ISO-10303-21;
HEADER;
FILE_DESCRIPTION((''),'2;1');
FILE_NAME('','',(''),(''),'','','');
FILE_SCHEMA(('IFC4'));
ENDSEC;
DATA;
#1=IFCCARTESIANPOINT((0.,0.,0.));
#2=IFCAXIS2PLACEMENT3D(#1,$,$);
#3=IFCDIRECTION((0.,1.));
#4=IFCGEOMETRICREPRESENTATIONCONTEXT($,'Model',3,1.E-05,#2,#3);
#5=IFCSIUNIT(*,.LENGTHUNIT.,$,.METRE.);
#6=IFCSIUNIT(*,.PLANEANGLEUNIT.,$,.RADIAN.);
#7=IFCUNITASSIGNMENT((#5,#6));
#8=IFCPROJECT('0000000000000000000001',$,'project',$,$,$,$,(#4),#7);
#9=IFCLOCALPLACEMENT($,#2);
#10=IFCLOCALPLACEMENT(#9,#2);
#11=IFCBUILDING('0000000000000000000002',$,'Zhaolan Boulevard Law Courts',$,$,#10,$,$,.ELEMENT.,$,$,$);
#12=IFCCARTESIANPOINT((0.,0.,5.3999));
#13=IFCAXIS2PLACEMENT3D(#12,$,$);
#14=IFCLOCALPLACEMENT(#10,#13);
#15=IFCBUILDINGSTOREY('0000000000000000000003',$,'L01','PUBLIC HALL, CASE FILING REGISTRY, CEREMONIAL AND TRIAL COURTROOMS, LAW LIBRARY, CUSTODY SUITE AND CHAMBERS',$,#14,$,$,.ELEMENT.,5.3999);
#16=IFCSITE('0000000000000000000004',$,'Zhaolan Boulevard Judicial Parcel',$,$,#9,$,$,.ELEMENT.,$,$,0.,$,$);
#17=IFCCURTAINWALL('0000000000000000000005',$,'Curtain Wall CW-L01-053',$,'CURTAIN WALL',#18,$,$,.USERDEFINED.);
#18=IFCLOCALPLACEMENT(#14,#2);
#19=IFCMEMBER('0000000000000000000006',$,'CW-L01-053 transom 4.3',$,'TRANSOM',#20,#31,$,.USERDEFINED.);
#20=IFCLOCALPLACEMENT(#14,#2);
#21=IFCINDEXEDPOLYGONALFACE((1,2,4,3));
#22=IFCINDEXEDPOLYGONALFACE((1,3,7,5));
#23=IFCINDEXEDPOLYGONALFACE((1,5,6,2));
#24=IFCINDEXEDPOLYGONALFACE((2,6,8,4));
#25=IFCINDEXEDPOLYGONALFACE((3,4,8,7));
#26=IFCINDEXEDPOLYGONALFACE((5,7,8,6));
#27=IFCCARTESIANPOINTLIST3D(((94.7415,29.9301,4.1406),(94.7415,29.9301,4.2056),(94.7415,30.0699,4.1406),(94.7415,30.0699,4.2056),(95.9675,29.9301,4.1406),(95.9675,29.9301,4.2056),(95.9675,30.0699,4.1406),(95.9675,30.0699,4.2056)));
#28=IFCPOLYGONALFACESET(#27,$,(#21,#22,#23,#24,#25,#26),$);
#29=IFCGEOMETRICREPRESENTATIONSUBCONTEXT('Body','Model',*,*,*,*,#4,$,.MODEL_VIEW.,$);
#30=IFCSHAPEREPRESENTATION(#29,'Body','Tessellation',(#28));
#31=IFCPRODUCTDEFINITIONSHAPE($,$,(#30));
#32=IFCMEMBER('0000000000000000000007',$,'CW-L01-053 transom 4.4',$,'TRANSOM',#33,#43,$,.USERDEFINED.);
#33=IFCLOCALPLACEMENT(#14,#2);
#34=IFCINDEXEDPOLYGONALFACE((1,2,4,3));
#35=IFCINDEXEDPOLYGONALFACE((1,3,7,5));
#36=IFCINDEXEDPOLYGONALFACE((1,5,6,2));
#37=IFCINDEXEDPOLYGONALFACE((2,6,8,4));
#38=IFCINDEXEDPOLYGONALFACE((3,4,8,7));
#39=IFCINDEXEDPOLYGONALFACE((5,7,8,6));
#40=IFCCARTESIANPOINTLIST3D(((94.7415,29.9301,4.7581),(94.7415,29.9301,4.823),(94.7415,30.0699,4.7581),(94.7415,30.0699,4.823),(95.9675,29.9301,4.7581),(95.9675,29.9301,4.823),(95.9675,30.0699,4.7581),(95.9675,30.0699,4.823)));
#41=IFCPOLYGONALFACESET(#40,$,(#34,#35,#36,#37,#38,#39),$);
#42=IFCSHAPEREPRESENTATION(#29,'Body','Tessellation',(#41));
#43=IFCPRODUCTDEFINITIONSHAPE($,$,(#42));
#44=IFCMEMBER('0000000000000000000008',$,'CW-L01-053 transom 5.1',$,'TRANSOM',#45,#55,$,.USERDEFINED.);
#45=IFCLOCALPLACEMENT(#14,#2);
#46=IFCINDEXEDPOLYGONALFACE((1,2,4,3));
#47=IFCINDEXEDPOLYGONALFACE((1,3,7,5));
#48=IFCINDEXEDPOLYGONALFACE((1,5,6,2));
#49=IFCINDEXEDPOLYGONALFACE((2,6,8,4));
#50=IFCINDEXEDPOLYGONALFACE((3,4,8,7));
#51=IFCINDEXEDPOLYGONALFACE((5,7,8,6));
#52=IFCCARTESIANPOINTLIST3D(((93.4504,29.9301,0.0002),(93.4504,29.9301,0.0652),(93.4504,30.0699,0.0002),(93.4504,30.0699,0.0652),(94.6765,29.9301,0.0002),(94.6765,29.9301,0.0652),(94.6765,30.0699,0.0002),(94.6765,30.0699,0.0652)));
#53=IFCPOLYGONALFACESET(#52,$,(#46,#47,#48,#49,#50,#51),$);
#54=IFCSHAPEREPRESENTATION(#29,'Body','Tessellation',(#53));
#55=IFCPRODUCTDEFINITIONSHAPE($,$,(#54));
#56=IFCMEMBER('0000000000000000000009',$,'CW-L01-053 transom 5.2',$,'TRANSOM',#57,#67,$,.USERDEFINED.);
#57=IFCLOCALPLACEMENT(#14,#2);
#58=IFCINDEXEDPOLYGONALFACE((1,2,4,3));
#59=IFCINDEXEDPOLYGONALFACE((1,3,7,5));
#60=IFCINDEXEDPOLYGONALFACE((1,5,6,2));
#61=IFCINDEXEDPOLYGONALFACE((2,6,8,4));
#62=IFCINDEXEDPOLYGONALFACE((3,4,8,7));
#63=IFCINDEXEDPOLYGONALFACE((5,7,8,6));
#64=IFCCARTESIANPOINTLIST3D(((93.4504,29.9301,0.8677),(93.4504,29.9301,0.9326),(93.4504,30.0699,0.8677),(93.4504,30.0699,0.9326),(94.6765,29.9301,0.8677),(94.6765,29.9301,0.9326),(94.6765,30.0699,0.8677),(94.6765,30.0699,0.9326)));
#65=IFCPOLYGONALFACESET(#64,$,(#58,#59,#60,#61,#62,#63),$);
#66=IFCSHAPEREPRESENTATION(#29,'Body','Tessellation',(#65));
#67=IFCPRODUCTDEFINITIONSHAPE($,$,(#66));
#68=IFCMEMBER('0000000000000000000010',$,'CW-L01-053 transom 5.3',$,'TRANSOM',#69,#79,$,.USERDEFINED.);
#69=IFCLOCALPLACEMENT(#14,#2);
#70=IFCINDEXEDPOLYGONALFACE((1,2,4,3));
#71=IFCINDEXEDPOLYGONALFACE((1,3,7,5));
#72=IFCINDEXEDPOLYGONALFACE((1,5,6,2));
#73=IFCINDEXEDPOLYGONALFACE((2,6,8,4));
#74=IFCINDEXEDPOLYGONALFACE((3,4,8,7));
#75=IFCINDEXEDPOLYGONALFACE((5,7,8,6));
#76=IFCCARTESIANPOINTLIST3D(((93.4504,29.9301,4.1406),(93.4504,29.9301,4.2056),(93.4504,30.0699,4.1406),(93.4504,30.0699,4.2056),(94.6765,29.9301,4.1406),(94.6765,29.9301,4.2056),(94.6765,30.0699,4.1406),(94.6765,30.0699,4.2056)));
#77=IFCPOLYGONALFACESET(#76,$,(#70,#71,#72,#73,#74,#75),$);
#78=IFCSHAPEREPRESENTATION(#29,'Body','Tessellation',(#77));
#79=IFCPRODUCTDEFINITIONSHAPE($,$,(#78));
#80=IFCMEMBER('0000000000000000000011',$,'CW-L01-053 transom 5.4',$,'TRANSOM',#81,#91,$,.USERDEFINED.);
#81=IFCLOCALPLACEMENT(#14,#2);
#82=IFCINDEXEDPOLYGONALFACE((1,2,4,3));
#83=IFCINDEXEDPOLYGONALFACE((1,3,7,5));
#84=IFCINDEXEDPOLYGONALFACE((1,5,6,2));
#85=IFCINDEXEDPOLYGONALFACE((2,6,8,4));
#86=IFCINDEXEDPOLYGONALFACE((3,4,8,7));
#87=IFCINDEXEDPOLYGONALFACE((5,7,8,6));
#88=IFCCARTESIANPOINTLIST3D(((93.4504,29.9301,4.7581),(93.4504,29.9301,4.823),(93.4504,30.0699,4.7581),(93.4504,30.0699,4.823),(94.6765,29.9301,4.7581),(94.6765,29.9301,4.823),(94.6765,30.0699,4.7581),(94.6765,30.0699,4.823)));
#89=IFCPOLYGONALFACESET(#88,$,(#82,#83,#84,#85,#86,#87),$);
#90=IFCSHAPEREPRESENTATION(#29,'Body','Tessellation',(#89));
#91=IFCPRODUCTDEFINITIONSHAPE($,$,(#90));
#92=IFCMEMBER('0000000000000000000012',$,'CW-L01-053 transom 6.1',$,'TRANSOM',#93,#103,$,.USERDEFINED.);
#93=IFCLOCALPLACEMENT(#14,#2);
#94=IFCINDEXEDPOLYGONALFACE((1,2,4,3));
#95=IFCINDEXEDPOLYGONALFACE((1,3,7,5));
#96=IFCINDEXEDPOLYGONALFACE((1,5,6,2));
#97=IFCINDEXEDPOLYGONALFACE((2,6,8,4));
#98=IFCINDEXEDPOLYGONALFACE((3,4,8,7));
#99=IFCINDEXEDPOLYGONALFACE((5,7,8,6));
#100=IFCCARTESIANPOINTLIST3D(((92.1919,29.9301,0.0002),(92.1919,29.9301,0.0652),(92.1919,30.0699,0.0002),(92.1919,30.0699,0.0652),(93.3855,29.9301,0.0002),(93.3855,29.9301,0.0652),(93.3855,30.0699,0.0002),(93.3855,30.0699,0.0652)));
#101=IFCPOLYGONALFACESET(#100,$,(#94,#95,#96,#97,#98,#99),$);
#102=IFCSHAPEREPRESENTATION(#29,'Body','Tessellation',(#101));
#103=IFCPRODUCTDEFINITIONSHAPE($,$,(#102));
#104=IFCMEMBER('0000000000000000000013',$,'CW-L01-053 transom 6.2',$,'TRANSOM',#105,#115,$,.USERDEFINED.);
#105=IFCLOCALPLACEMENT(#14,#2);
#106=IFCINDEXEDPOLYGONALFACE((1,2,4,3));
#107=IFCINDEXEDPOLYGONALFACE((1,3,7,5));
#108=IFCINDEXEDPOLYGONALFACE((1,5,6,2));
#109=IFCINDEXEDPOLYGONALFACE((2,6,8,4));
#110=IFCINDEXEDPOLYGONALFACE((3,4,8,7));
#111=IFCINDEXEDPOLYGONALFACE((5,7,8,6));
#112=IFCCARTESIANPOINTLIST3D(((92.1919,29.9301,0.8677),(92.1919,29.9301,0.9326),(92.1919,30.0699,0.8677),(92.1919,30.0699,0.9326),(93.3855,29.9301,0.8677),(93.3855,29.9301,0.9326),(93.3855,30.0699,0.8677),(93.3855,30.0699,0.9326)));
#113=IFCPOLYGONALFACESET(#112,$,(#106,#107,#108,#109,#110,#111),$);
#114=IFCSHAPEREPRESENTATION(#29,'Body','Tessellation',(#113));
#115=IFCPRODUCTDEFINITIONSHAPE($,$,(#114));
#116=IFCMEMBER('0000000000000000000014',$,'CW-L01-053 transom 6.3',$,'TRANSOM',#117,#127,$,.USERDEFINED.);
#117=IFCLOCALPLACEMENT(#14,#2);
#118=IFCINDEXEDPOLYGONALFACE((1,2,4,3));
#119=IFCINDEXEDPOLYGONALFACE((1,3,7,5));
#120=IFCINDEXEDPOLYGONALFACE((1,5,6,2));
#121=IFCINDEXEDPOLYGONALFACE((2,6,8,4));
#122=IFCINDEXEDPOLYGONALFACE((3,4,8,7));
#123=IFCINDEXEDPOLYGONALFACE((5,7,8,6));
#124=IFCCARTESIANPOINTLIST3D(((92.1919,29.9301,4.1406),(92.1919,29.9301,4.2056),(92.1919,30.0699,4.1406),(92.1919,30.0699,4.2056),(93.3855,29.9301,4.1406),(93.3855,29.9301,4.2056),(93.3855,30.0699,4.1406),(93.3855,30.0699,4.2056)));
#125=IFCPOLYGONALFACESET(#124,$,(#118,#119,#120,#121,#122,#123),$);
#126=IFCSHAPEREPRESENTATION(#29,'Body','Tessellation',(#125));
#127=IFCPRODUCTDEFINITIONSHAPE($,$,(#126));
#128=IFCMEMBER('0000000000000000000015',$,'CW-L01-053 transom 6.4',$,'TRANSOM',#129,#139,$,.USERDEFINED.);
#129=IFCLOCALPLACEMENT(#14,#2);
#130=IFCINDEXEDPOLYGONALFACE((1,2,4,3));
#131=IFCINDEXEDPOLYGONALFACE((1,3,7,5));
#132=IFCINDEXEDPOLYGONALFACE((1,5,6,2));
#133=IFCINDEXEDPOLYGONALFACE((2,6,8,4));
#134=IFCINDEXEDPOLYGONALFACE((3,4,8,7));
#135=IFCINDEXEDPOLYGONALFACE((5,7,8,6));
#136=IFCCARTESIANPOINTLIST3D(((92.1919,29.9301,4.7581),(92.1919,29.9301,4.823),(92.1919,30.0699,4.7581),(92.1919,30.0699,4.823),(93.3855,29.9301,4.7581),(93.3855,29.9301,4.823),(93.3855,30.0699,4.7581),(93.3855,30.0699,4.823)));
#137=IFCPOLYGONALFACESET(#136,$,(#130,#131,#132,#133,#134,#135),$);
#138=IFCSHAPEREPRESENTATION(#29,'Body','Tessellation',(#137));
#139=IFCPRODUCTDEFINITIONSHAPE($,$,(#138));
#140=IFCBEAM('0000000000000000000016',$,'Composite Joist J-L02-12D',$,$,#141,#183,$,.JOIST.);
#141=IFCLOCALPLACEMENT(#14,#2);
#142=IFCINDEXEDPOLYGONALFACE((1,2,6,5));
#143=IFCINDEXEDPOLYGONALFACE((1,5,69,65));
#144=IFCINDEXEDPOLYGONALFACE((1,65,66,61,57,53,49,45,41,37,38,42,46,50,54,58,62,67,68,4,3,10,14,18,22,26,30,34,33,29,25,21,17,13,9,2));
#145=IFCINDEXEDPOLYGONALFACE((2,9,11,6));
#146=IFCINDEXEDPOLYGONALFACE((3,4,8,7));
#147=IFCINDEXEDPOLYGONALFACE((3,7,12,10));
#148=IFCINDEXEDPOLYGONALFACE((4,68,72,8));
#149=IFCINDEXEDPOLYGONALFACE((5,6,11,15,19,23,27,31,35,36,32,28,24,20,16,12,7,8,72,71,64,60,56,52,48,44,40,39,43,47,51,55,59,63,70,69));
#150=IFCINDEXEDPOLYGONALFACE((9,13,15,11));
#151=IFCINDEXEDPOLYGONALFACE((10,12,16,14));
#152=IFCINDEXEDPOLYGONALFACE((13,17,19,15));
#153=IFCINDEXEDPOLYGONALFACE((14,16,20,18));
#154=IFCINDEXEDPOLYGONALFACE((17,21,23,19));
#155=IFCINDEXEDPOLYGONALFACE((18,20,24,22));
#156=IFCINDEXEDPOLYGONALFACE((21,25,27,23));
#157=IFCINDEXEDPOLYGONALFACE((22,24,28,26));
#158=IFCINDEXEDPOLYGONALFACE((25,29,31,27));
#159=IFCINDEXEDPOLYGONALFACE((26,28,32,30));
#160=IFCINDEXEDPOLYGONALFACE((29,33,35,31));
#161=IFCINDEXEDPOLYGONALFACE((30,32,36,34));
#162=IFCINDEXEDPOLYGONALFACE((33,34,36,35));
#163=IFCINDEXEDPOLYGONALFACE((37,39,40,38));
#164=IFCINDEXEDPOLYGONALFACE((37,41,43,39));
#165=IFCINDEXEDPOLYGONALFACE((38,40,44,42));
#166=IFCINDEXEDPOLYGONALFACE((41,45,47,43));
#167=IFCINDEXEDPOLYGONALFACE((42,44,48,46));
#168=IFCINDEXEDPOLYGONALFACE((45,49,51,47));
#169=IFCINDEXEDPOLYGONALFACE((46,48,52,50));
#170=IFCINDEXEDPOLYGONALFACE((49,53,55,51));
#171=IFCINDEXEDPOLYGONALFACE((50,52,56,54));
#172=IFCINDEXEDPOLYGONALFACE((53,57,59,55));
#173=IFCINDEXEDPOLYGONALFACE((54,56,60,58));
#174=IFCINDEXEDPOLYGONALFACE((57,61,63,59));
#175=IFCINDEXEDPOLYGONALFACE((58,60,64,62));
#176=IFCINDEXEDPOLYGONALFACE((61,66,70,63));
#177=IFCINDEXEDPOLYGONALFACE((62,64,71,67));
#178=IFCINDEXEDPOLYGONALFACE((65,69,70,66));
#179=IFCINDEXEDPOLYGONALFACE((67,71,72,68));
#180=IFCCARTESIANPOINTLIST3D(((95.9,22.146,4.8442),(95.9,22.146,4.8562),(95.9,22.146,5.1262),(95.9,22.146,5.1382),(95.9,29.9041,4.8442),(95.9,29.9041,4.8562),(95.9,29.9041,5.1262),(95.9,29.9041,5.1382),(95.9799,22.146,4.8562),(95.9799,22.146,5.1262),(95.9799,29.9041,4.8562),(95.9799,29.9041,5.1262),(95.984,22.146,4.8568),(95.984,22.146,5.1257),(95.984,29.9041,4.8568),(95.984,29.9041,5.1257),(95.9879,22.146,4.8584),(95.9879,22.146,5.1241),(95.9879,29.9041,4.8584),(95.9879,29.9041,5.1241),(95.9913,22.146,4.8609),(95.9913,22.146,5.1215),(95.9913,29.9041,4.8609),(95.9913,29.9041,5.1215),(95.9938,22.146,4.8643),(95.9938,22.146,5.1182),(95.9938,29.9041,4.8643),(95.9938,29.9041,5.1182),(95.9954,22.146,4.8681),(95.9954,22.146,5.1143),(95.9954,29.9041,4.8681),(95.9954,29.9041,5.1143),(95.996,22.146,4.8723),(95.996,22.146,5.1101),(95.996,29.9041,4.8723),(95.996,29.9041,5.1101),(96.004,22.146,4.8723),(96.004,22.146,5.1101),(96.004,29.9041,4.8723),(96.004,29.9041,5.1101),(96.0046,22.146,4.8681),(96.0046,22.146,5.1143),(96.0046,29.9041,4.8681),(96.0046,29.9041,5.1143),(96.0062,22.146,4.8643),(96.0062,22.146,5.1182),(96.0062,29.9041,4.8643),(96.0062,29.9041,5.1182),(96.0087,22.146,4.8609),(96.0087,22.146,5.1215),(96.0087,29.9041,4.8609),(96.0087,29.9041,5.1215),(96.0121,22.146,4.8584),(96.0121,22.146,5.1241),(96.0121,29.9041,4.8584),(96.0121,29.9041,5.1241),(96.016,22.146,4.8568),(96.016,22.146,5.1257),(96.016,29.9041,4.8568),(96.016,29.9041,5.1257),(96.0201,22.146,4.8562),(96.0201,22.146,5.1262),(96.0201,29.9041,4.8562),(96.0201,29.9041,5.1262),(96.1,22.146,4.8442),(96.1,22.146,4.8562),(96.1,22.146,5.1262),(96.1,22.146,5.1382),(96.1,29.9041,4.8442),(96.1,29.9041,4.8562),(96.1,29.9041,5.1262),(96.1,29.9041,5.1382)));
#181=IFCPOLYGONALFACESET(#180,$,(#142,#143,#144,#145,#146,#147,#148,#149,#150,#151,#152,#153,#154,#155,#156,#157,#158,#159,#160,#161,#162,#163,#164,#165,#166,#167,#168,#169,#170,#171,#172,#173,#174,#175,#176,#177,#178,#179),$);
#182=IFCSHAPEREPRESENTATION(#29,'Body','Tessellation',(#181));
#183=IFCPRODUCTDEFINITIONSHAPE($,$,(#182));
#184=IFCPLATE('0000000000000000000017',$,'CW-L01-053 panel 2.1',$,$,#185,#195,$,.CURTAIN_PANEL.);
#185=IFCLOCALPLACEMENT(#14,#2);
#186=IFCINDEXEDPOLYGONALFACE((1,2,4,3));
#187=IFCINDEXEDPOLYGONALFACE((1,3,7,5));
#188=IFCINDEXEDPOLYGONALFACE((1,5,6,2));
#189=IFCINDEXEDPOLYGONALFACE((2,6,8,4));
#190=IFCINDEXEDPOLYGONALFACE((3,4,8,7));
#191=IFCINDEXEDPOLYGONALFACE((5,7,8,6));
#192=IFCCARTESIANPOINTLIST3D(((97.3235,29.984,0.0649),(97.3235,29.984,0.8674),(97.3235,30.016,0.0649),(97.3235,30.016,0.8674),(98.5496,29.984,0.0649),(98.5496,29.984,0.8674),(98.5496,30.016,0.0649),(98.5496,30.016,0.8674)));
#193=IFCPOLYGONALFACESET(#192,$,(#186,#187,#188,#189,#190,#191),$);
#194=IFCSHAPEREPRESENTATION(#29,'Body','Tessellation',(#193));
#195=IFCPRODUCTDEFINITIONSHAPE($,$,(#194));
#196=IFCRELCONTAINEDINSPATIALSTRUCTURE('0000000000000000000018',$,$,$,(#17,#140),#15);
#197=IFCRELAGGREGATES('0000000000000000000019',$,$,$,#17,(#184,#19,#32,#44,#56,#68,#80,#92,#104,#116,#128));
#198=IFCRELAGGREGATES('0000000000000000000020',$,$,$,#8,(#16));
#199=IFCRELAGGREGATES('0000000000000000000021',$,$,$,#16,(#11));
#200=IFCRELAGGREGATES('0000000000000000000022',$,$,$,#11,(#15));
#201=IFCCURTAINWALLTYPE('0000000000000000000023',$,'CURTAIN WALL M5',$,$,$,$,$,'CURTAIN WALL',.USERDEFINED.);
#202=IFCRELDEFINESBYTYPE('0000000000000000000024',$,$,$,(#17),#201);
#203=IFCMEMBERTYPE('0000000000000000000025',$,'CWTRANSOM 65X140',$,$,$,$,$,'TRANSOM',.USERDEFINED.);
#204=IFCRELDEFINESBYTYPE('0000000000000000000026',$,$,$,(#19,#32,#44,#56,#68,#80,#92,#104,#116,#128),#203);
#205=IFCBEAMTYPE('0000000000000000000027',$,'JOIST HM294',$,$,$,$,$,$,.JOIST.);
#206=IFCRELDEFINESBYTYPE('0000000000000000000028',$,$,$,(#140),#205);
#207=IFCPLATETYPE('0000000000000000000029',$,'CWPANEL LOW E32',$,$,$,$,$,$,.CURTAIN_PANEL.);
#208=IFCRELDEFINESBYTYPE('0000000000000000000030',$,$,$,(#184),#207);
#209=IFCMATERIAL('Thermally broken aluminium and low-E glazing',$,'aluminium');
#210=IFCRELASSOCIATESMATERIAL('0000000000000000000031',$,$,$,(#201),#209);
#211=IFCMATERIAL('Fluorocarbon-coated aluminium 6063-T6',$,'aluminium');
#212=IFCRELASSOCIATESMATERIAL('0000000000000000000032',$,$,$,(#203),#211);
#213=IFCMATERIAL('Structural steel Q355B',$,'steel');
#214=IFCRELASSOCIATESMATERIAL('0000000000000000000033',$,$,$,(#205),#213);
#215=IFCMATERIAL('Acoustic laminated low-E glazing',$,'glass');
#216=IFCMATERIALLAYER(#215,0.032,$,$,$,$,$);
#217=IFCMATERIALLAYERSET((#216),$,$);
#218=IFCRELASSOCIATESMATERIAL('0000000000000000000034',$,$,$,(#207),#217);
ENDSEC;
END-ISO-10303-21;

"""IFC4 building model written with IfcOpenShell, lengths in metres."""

from ifc_helpers import new_model, si_unit, direction, frame, origin, origin_2d, place, context, subcontext, project, spatial, rectangle, i_section, extrude, material, layer, layer_set, material_profile, profile_set, type_object, element, aggregate, save


model = new_model("IFC4")

# Units and contexts
model_context = context("Model", 3, precision=1e-05, world=origin(), true_north=direction((0.0, 1.0)))
body_context = subcontext(model_context, "Body", "Model", "MODEL_VIEW")
ifc_project = project(units=[si_unit("LENGTHUNIT", "METRE"), si_unit("PLANEANGLEUNIT", "RADIAN")], contexts=[model_context])

# Site, building, storey
site_placement = place(None, origin())
site = spatial("IfcSite", under=ifc_project, at=site_placement, Name="Zhaolan Boulevard Judicial Parcel", CompositionType="ELEMENT", RefElevation=0.0)
building_placement = place(site_placement, origin())
building = spatial("IfcBuilding", under=site, at=building_placement, Name="Zhaolan Boulevard Law Courts", CompositionType="ELEMENT")
storey_placement = place(building_placement, frame((0.0, 0.0, 5.3999)))
storey = spatial("IfcBuildingStorey", under=building, at=storey_placement, Name="L01", Description="PUBLIC HALL, CASE FILING REGISTRY, CEREMONIAL AND TRIAL COURTROOMS, LAW LIBRARY, CUSTODY SUITE AND CHAMBERS", CompositionType="ELEMENT", Elevation=5.3999)

# Curtain wall, members
ifc_material_1 = material(Name="Thermally broken aluminium and low-E glazing", Category="aluminium")
curtain_wall_type = type_object("IfcCurtainWallType", Name="CURTAIN WALL M5", ElementType="CURTAIN WALL", PredefinedType="USERDEFINED", material=ifc_material_1)
curtain_wall_placement = place(storey_placement, origin())
curtain_wall = element("IfcCurtainWall", 1, at=curtain_wall_placement, inside=storey, type_object=curtain_wall_type, Name="Curtain Wall CW-L01-053", ObjectType="CURTAIN WALL", PredefinedType="USERDEFINED")
ifc_material_2 = material(Name="Fluorocarbon-coated aluminium 6063-T6", Category="aluminium")
ifc_material_profile_1 = material_profile(ifc_material_2, rectangle(XDim=0.1399, YDim=0.0649, at=origin_2d()), Name="AL65x140")
ifc_profile_set_1 = profile_set([ifc_material_profile_1], Name="Fluorocarbon-coated aluminium 6063-T6")
member_type_1 = type_object("IfcMemberType", Name="CWTRANSOM 65X140", ElementType="TRANSOM", PredefinedType="USERDEFINED", material=ifc_profile_set_1)
member_1_placement = place(storey_placement, frame((95.9675, 30.0, 4.1731), z_axis=(-1.0, 0.0, 0.0), x_axis=(0.0, -1.0, 0.0)))
member_1 = element("IfcMember", 2, at=member_1_placement, type_object=member_type_1, Name="CW-L01-053 transom 4.3", ObjectType="TRANSOM", PredefinedType="USERDEFINED", context=body_context, shape_type="SweptSolid", body=[
    extrude(rectangle(XDim=0.1399, YDim=0.0649, at=origin_2d()), origin(), (0.0, 0.0, 1.0), 1.2261),
])
member_2_placement = place(storey_placement, frame((95.9675, 30.0, 4.7905), z_axis=(-1.0, 0.0, 0.0), x_axis=(0.0, -1.0, 0.0)))
member_2 = element("IfcMember", 3, at=member_2_placement, type_object=member_type_1, Name="CW-L01-053 transom 4.4", ObjectType="TRANSOM", PredefinedType="USERDEFINED", context=body_context, shape_type="SweptSolid", body=[
    extrude(rectangle(XDim=0.1399, YDim=0.0649, at=origin_2d()), origin(), (0.0, 0.0, 1.0), 1.2261),
])
member_3_placement = place(storey_placement, frame((94.6765, 30.0, 0.0327), z_axis=(-1.0, 0.0, 0.0), x_axis=(0.0, -1.0, 0.0)))
member_3 = element("IfcMember", 4, at=member_3_placement, type_object=member_type_1, Name="CW-L01-053 transom 5.1", ObjectType="TRANSOM", PredefinedType="USERDEFINED", context=body_context, shape_type="SweptSolid", body=[
    extrude(rectangle(XDim=0.1399, YDim=0.0649, at=origin_2d()), origin(), (0.0, 0.0, 1.0), 1.2261),
])
member_4_placement = place(storey_placement, frame((94.6765, 30.0, 0.9001), z_axis=(-1.0, 0.0, 0.0), x_axis=(0.0, -1.0, 0.0)))
member_4 = element("IfcMember", 5, at=member_4_placement, type_object=member_type_1, Name="CW-L01-053 transom 5.2", ObjectType="TRANSOM", PredefinedType="USERDEFINED", context=body_context, shape_type="SweptSolid", body=[
    extrude(rectangle(XDim=0.1399, YDim=0.0649, at=origin_2d()), origin(), (0.0, 0.0, 1.0), 1.2261),
])
member_5_placement = place(storey_placement, frame((94.6765, 30.0, 4.1731), z_axis=(-1.0, 0.0, 0.0), x_axis=(0.0, -1.0, 0.0)))
member_5 = element("IfcMember", 6, at=member_5_placement, type_object=member_type_1, Name="CW-L01-053 transom 5.3", ObjectType="TRANSOM", PredefinedType="USERDEFINED", context=body_context, shape_type="SweptSolid", body=[
    extrude(rectangle(XDim=0.1399, YDim=0.0649, at=origin_2d()), origin(), (0.0, 0.0, 1.0), 1.2261),
])
member_6_placement = place(storey_placement, frame((94.6765, 30.0, 4.7905), z_axis=(-1.0, 0.0, 0.0), x_axis=(0.0, -1.0, 0.0)))
member_6 = element("IfcMember", 7, at=member_6_placement, type_object=member_type_1, Name="CW-L01-053 transom 5.4", ObjectType="TRANSOM", PredefinedType="USERDEFINED", context=body_context, shape_type="SweptSolid", body=[
    extrude(rectangle(XDim=0.1399, YDim=0.0649, at=origin_2d()), origin(), (0.0, 0.0, 1.0), 1.2261),
])
member_7_placement = place(storey_placement, frame((93.3855, 30.0, 0.0327), z_axis=(-1.0, 0.0, 0.0), x_axis=(0.0, -1.0, 0.0)))
member_7 = element("IfcMember", 8, at=member_7_placement, type_object=member_type_1, Name="CW-L01-053 transom 6.1", ObjectType="TRANSOM", PredefinedType="USERDEFINED", context=body_context, shape_type="SweptSolid", body=[
    extrude(rectangle(XDim=0.1399, YDim=0.0649, at=origin_2d()), origin(), (0.0, 0.0, 1.0), 1.1936),
])
member_8_placement = place(storey_placement, frame((93.3855, 30.0, 0.9001), z_axis=(-1.0, 0.0, 0.0), x_axis=(0.0, -1.0, 0.0)))
member_8 = element("IfcMember", 9, at=member_8_placement, type_object=member_type_1, Name="CW-L01-053 transom 6.2", ObjectType="TRANSOM", PredefinedType="USERDEFINED", context=body_context, shape_type="SweptSolid", body=[
    extrude(rectangle(XDim=0.1399, YDim=0.0649, at=origin_2d()), origin(), (0.0, 0.0, 1.0), 1.1936),
])
member_9_placement = place(storey_placement, frame((93.3855, 30.0, 4.1731), z_axis=(-1.0, 0.0, 0.0), x_axis=(0.0, -1.0, 0.0)))
member_9 = element("IfcMember", 10, at=member_9_placement, type_object=member_type_1, Name="CW-L01-053 transom 6.3", ObjectType="TRANSOM", PredefinedType="USERDEFINED", context=body_context, shape_type="SweptSolid", body=[
    extrude(rectangle(XDim=0.1399, YDim=0.0649, at=origin_2d()), origin(), (0.0, 0.0, 1.0), 1.1936),
])
member_10_placement = place(storey_placement, frame((93.3855, 30.0, 4.7905), z_axis=(-1.0, 0.0, 0.0), x_axis=(0.0, -1.0, 0.0)))
member_10 = element("IfcMember", 11, at=member_10_placement, type_object=member_type_1, Name="CW-L01-053 transom 6.4", ObjectType="TRANSOM", PredefinedType="USERDEFINED", context=body_context, shape_type="SweptSolid", body=[
    extrude(rectangle(XDim=0.1399, YDim=0.0649, at=origin_2d()), origin(), (0.0, 0.0, 1.0), 1.1936),
])

# Beam
ifc_material_3 = material(Name="Structural steel Q355B", Category="steel")
ifc_material_profile_2 = material_profile(ifc_material_3, i_section(OverallWidth=0.2, OverallDepth=0.2939, WebThickness=0.0081, FlangeThickness=0.012, FilletRadius=0.0161, at=origin_2d()), Name="HM294x200")
ifc_profile_set_2 = profile_set([ifc_material_profile_2], Name="Structural steel Q355B")
beam_type = type_object("IfcBeamType", Name="JOIST HM294", PredefinedType="JOIST", material=ifc_profile_set_2)
beam_placement = place(storey_placement, frame((96.0, 22.146, 4.9912), z_axis=(0.0, 1.0, 0.0), x_axis=(-1.0, 0.0, 0.0)))
element("IfcBeam", 12, at=beam_placement, inside=storey, type_object=beam_type, Name="Composite Joist J-L02-12D", PredefinedType="JOIST", context=body_context, shape_type="SweptSolid", body=[
    extrude(i_section(OverallWidth=0.2, OverallDepth=0.2939, WebThickness=0.0081, FlangeThickness=0.012, FilletRadius=0.0161, at=origin_2d()), origin(), (0.0, 0.0, 1.0), 7.7581),
])

# Plate
ifc_material_4 = material(Name="Acoustic laminated low-E glazing", Category="glass")
ifc_layer = layer(ifc_material_4, 0.032)
ifc_layer_set = layer_set([ifc_layer])
plate_type = type_object("IfcPlateType", Name="CWPANEL LOW E32", PredefinedType="CURTAIN_PANEL", material=ifc_layer_set)
plate_1_placement = place(storey_placement, frame((97.9365, 30.0, 0.0649), z_axis=(0.0, 0.0, 1.0), x_axis=(-1.0, 0.0, 0.0)))
plate_1 = element("IfcPlate", 13, at=plate_1_placement, type_object=plate_type, Name="CW-L01-053 panel 2.1", PredefinedType="CURTAIN_PANEL", context=body_context, shape_type="SweptSolid", body=[
    extrude(rectangle(XDim=1.2261, YDim=0.032, at=origin_2d()), origin(), (0.0, 0.0, 1.0), 0.8025),
])
aggregate(curtain_wall, [plate_1, member_1, member_2, member_3, member_4, member_5, member_6, member_7, member_8, member_9, member_10])

save(model, "model.ifc")
